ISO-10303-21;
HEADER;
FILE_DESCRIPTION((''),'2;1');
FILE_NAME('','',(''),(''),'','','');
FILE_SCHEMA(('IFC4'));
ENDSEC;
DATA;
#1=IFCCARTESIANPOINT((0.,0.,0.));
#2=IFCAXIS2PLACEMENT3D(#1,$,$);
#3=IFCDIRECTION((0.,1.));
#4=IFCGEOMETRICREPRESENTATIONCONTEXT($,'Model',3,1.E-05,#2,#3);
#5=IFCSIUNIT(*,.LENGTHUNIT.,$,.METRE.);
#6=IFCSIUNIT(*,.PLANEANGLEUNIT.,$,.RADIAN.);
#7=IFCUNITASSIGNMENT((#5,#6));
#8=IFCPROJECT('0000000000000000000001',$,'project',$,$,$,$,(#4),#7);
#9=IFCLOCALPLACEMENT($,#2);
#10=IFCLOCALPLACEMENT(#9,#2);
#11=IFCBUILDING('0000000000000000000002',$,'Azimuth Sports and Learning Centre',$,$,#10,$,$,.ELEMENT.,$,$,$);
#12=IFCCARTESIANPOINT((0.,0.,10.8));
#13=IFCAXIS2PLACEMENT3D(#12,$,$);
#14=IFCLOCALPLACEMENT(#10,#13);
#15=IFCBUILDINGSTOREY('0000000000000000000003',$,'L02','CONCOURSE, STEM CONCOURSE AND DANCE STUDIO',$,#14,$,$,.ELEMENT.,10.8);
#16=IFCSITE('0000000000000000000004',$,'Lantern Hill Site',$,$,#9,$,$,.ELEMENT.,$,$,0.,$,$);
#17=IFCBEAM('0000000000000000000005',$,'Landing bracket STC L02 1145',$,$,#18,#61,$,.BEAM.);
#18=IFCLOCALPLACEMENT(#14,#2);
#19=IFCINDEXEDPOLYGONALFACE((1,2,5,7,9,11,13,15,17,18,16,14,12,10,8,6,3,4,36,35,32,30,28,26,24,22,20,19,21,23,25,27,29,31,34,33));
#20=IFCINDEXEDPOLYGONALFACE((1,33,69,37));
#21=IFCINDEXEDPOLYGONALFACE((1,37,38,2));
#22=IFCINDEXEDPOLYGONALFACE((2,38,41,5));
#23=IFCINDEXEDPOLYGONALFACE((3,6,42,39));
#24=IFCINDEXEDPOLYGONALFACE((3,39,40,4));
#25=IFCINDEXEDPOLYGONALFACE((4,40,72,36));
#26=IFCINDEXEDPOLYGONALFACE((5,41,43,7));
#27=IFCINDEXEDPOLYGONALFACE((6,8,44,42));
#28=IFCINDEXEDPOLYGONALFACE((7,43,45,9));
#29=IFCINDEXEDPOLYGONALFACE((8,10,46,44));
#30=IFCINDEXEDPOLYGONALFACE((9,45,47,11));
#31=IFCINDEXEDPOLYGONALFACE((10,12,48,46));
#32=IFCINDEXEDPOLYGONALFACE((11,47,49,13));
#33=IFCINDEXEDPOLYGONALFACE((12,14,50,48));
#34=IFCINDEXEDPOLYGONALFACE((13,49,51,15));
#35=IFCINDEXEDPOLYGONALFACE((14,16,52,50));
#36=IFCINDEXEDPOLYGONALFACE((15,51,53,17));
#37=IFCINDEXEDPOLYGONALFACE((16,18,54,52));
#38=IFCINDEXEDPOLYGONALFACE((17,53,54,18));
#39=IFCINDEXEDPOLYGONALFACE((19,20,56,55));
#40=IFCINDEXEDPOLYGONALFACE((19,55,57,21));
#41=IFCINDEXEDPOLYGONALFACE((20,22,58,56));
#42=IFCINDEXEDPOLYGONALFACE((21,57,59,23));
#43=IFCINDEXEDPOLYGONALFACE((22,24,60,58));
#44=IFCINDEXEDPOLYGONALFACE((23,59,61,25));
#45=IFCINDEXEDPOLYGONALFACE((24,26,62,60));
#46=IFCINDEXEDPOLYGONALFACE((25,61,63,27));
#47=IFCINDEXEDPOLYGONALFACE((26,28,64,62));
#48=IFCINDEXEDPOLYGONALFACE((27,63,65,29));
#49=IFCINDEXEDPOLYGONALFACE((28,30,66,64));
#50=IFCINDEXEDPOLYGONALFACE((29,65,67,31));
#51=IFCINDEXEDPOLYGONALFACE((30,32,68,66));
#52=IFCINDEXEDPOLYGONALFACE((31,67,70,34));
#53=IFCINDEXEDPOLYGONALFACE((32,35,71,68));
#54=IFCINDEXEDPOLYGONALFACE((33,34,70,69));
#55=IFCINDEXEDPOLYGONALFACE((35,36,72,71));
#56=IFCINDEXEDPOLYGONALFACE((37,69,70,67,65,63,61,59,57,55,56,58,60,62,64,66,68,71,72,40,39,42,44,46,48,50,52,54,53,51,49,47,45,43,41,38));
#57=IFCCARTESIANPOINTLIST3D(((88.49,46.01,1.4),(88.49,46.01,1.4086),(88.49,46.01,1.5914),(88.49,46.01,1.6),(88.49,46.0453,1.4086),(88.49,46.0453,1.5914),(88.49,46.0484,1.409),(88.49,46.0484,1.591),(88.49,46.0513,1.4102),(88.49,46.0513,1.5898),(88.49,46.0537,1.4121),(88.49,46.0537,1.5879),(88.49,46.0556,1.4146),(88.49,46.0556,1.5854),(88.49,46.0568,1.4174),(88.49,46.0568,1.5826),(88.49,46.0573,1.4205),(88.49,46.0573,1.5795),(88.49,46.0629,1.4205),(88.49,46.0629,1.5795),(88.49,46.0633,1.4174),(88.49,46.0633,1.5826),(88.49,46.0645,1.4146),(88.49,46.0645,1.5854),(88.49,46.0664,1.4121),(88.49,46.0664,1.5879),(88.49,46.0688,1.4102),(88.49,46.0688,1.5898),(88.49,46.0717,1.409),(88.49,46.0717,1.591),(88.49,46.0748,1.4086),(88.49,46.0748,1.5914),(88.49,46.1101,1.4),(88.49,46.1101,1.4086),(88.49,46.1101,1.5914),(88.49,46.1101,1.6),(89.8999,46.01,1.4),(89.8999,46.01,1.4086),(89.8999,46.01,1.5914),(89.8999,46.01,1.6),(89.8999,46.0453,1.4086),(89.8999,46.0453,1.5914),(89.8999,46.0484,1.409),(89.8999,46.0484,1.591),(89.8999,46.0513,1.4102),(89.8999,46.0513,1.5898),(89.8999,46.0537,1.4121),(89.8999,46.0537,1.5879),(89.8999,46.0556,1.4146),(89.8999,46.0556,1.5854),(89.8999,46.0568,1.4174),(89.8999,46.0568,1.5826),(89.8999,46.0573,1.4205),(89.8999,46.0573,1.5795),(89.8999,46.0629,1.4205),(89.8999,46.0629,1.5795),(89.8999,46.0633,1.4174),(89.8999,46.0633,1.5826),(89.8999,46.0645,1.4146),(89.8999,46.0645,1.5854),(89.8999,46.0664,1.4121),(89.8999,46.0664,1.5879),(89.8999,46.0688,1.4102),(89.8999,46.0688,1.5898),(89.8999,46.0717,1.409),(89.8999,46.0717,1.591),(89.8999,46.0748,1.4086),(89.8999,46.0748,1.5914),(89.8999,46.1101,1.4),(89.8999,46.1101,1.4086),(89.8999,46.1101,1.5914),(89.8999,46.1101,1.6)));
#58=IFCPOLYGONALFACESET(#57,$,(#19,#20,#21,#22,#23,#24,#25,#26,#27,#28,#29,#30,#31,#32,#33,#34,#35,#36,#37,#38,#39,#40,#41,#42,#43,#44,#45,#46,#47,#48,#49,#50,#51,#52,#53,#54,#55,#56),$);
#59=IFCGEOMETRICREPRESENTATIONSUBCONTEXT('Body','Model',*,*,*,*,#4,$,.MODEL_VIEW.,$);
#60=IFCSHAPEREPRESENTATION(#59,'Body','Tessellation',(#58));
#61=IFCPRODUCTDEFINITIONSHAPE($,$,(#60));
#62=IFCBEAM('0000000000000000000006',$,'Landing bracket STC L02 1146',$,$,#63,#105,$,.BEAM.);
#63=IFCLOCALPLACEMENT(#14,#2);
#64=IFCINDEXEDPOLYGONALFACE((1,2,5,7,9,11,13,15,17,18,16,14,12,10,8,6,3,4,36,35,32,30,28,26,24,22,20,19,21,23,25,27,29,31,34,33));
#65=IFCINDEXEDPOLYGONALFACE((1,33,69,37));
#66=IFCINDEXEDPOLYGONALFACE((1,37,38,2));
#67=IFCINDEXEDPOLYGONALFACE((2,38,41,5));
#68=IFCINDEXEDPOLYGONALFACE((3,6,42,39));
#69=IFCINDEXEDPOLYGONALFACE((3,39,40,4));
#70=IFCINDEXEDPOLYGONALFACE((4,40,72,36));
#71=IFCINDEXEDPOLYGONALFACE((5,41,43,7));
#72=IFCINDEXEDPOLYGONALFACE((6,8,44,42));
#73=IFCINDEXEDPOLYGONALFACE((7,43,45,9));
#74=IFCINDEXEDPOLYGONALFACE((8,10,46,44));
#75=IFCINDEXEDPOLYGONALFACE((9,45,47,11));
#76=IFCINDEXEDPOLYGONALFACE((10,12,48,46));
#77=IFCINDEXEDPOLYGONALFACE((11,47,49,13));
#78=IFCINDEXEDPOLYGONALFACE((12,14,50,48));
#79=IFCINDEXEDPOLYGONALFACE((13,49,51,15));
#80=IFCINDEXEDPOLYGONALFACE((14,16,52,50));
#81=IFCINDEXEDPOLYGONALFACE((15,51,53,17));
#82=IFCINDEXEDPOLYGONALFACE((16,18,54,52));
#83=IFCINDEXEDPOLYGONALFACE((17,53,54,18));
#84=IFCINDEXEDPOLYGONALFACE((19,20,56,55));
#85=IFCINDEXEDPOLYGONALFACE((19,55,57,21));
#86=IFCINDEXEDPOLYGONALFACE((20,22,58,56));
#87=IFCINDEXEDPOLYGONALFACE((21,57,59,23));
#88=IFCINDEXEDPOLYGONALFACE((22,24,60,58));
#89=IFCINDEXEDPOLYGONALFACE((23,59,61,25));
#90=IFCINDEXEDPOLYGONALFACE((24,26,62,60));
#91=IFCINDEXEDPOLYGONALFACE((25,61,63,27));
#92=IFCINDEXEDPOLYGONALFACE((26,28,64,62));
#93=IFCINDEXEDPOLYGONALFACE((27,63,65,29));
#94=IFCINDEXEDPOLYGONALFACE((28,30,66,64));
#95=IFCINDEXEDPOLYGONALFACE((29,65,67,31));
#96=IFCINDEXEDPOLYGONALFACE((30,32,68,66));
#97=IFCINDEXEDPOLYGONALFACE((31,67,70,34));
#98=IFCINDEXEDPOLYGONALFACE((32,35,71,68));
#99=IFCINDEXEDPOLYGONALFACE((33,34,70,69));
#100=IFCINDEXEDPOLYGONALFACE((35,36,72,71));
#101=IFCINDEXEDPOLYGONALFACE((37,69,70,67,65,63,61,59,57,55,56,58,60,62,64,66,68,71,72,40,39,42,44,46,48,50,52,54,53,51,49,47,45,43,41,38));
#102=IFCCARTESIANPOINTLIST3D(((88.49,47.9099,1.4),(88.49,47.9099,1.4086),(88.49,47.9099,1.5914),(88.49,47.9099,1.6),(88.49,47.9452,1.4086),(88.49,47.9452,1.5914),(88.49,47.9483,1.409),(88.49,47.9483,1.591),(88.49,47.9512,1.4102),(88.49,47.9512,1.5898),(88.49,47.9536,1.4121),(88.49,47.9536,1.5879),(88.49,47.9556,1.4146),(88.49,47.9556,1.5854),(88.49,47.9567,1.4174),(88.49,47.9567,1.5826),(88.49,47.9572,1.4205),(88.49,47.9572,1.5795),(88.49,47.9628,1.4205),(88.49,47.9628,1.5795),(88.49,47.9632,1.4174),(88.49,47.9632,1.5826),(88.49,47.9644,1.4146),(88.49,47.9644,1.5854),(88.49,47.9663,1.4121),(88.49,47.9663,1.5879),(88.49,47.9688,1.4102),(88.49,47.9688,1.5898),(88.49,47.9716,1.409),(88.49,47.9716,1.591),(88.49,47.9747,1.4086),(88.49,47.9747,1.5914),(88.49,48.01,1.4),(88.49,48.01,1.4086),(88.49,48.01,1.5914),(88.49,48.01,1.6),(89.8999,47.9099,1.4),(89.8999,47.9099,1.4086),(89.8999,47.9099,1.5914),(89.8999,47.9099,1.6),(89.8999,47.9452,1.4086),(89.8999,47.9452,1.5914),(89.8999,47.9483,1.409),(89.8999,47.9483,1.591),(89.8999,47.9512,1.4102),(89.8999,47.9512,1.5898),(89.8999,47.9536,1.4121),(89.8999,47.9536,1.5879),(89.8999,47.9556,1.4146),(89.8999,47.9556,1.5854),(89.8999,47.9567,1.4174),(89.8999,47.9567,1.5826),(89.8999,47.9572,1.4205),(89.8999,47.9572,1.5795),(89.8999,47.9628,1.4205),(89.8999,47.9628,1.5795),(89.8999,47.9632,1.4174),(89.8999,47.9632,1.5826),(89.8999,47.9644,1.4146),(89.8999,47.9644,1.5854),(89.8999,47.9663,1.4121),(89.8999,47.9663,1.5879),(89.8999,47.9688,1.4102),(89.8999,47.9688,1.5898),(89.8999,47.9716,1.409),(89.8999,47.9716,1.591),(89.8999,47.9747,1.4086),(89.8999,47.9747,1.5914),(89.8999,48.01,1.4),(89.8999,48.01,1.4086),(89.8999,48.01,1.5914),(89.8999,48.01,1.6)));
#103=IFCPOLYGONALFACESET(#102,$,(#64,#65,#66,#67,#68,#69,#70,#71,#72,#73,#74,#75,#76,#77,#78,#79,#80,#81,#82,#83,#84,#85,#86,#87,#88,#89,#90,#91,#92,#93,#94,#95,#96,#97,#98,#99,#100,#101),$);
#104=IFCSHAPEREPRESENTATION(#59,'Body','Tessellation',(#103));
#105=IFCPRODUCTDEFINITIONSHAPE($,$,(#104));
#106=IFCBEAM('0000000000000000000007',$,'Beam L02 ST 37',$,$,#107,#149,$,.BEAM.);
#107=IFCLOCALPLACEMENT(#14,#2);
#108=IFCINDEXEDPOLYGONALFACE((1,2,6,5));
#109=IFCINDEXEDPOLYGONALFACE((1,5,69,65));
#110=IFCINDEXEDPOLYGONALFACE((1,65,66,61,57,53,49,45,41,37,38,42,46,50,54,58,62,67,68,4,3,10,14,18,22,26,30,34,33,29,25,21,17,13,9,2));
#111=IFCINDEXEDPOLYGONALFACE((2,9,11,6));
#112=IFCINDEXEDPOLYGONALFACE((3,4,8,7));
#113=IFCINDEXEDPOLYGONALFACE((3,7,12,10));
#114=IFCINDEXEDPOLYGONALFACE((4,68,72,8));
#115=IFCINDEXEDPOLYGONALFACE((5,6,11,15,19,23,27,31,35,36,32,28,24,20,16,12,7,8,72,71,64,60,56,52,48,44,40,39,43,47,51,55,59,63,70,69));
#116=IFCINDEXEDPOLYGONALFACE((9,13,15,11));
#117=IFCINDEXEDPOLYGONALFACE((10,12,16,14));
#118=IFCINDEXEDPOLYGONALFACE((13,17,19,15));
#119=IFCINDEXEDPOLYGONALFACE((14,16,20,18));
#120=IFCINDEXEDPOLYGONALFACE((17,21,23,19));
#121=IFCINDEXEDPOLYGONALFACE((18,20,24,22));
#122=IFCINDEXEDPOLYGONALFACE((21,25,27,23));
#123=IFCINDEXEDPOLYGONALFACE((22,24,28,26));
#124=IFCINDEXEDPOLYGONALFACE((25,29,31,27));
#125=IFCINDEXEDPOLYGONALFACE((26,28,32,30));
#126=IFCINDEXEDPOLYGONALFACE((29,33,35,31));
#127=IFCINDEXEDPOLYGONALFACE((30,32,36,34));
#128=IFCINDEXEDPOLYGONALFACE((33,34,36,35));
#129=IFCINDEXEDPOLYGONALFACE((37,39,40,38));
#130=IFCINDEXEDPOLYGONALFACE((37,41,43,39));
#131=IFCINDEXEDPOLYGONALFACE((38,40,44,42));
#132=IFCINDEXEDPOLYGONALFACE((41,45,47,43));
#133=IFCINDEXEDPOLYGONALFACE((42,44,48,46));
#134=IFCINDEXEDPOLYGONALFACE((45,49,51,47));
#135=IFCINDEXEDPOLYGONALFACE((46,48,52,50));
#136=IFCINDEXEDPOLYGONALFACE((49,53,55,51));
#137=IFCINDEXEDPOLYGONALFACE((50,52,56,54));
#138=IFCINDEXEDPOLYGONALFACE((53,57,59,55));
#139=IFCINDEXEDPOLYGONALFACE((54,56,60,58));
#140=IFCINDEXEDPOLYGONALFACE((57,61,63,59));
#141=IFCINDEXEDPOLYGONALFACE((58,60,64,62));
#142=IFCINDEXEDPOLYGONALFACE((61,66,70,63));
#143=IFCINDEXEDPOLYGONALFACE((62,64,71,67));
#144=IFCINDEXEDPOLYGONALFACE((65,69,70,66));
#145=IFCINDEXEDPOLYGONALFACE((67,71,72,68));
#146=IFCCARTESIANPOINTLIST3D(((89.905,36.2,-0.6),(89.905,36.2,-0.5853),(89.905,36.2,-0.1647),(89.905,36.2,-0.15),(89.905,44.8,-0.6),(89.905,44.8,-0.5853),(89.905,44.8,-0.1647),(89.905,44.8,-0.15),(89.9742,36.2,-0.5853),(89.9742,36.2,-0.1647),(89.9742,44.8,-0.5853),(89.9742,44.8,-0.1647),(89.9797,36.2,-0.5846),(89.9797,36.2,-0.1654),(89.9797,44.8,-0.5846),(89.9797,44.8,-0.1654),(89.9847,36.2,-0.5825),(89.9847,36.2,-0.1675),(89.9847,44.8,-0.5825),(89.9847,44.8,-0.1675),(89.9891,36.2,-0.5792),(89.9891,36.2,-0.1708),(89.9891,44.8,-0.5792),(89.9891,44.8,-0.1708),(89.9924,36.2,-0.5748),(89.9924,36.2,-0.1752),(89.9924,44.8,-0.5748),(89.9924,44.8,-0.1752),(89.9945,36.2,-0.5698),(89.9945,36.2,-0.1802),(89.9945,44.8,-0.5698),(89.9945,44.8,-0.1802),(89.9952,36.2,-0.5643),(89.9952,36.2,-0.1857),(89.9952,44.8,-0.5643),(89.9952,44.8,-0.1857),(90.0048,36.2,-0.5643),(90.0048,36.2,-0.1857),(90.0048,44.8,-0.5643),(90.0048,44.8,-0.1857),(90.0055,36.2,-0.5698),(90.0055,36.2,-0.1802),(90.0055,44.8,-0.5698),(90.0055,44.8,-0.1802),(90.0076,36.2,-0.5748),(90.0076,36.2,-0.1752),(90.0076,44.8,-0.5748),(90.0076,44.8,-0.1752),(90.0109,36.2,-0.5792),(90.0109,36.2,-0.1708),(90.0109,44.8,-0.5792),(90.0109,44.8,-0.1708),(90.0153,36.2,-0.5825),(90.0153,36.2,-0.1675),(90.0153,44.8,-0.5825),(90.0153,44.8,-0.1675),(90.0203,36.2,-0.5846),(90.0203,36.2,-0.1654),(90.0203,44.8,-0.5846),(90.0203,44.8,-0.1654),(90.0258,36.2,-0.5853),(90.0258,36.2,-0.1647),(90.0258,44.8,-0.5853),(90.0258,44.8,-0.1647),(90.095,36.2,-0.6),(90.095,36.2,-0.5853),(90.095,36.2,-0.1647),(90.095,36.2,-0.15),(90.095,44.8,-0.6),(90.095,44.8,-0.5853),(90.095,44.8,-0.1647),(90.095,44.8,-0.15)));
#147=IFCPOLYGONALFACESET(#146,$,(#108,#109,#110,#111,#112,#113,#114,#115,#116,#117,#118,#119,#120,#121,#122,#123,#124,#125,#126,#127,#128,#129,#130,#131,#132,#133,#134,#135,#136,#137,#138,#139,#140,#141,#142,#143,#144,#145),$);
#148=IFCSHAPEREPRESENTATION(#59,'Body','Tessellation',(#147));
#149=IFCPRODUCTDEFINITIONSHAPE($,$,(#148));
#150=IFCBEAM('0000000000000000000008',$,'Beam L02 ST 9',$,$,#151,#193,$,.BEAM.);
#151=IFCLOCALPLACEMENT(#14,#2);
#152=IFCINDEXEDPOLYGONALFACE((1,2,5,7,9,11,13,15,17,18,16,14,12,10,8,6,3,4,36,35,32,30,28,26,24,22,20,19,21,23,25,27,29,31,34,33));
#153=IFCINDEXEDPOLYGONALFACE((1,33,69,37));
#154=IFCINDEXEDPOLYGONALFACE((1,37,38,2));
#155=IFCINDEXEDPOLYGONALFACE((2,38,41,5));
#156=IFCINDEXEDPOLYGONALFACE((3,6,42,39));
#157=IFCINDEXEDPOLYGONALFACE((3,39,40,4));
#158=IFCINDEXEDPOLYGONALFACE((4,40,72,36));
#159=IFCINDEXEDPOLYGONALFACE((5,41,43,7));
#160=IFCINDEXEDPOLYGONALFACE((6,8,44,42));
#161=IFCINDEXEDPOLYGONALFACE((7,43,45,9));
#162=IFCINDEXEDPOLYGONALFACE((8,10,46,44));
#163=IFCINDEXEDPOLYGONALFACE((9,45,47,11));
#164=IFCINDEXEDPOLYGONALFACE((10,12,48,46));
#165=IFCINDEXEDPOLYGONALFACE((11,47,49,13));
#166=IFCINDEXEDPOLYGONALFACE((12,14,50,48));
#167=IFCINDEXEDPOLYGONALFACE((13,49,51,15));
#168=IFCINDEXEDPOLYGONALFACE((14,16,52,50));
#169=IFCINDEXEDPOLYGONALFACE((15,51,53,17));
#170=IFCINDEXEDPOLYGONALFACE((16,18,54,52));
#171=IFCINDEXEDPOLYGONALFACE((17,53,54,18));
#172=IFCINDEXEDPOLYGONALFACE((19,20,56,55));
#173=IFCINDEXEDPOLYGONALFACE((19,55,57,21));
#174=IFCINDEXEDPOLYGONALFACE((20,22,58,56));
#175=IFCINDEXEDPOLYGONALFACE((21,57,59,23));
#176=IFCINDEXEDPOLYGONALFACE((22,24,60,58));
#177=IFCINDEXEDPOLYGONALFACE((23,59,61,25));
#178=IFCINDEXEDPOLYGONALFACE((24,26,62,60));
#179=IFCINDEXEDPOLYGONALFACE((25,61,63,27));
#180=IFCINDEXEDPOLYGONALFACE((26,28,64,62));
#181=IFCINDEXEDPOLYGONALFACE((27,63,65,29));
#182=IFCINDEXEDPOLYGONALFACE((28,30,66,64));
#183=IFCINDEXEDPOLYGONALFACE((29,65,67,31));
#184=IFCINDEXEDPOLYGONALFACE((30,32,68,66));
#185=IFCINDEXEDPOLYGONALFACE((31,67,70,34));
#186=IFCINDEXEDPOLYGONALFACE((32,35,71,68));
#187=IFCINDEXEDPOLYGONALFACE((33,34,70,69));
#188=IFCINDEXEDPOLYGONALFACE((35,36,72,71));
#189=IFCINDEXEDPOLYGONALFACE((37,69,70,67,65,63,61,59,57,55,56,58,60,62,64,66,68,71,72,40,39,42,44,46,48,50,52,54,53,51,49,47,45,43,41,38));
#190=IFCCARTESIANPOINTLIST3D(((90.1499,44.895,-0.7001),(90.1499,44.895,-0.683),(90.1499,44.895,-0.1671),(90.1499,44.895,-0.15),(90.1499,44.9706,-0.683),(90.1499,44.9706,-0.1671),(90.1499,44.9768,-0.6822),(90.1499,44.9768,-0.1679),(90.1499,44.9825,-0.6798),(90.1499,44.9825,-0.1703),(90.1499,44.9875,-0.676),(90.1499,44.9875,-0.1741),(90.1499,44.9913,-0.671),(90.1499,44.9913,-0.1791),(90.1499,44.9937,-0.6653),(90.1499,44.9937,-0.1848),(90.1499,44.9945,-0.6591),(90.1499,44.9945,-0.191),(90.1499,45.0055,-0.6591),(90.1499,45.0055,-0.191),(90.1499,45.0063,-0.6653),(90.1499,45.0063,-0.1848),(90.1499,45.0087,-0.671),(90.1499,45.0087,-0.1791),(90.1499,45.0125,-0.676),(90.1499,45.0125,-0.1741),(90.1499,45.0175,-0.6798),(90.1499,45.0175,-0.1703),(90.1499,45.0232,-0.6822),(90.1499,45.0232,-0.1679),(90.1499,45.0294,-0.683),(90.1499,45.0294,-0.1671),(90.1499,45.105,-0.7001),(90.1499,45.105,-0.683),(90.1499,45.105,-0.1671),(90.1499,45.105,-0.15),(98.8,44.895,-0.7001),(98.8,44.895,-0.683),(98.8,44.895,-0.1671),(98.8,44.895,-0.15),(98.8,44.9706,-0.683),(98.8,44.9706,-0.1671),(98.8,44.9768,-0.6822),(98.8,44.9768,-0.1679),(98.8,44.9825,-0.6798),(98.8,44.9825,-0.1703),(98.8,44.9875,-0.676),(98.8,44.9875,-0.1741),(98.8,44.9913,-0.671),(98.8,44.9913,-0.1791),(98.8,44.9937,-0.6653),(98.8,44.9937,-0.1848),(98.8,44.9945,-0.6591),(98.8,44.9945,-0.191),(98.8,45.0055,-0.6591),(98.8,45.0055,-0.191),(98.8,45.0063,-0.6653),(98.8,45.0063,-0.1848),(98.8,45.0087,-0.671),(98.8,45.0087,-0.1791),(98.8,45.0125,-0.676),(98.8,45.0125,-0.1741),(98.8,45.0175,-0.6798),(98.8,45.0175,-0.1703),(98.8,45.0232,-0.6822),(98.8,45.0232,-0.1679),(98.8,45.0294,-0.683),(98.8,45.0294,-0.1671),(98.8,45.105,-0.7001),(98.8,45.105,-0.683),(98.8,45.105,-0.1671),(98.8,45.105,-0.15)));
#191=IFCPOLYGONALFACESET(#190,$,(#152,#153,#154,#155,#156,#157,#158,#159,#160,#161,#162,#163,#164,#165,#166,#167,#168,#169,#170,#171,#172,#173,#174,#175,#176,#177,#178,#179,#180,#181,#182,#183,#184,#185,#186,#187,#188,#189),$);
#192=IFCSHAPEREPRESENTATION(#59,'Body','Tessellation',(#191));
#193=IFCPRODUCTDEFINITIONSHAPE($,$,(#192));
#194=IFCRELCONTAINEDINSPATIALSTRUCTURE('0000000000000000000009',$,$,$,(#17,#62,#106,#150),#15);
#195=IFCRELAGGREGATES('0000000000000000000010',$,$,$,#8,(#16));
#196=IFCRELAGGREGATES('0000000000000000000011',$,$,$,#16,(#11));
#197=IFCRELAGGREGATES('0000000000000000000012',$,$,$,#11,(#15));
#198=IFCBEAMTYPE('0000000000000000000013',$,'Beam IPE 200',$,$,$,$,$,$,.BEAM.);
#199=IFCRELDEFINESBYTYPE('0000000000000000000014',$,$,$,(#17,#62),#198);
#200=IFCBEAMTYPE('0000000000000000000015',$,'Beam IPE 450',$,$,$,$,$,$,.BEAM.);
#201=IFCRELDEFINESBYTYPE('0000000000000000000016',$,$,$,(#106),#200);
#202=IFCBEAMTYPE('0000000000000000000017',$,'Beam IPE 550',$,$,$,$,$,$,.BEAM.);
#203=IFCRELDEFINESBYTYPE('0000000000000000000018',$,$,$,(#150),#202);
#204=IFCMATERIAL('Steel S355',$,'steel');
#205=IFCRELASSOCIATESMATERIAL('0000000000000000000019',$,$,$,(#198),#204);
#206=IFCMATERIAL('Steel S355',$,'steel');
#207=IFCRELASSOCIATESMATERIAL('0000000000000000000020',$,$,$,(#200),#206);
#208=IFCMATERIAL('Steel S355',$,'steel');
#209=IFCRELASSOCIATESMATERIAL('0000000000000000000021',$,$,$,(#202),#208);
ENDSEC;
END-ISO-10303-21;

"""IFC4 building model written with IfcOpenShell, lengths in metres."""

from ifc_helpers import new_model, si_unit, direction, frame, origin, origin_2d, place, context, subcontext, project, spatial, i_section, extrude, material, material_profile, profile_set, type_object, element, save


model = new_model("IFC4")

# Units and contexts
model_context = context("Model", 3, precision=1e-05, world=origin(), true_north=direction((0.0, 1.0)))
body_context = subcontext(model_context, "Body", "Model", "MODEL_VIEW")
ifc_project = project(units=[si_unit("LENGTHUNIT", "METRE"), si_unit("PLANEANGLEUNIT", "RADIAN")], contexts=[model_context])

# Site, building, storey
site_placement = place(None, origin())
site = spatial("IfcSite", under=ifc_project, at=site_placement, Name="Lantern Hill Site", CompositionType="ELEMENT", RefElevation=0.0)
building_placement = place(site_placement, origin())
building = spatial("IfcBuilding", under=site, at=building_placement, Name="Azimuth Sports and Learning Centre", CompositionType="ELEMENT")
storey_placement = place(building_placement, frame((0.0, 0.0, 10.8)))
storey = spatial("IfcBuildingStorey", under=building, at=storey_placement, Name="L02", Description="CONCOURSE, STEM CONCOURSE AND DANCE STUDIO", CompositionType="ELEMENT", Elevation=10.8)

# Beams
ifc_material_1 = material(Name="Steel S355", Category="steel")
ifc_material_profile_1 = material_profile(ifc_material_1, i_section(OverallWidth=0.1001, OverallDepth=0.2, WebThickness=0.0056, FlangeThickness=0.0085, FilletRadius=0.012, at=origin_2d()), Name="IPE 200")
ifc_profile_set_1 = profile_set([ifc_material_profile_1], Name="Steel S355")
beam_type_1 = type_object("IfcBeamType", Name="Beam IPE 200", PredefinedType="BEAM", material=ifc_profile_set_1)
for number, where, z_axis, x_axis, name in (
    (1, (89.8999, 46.0601, 1.5), (-1.0, 0.0, 0.0), (0.0, -1.0, 0.0), "Landing bracket STC L02 1145"),
    (2, (89.8999, 47.96, 1.5), (-1.0, 0.0, 0.0), (0.0, -1.0, 0.0), "Landing bracket STC L02 1146"),
):
    element("IfcBeam", number, at=place(storey_placement, frame(where, z_axis=z_axis, x_axis=x_axis)), inside=storey, type_object=beam_type_1, Name=name, PredefinedType="BEAM", context=body_context, shape_type="SweptSolid", body=[
        extrude(i_section(OverallWidth=0.1001, OverallDepth=0.2, WebThickness=0.0056, FlangeThickness=0.0085, FilletRadius=0.012, at=origin_2d()), origin(), (0.0, 0.0, 1.0), 1.4099),
    ])
ifc_material_2 = material(Name="Steel S355", Category="steel")
ifc_material_profile_2 = material_profile(ifc_material_2, i_section(OverallWidth=0.1899, OverallDepth=0.45, WebThickness=0.0095, FlangeThickness=0.0146, FilletRadius=0.021, at=origin_2d()), Name="IPE 450")
ifc_profile_set_2 = profile_set([ifc_material_profile_2], Name="Steel S355")
beam_type_2 = type_object("IfcBeamType", Name="Beam IPE 450", PredefinedType="BEAM", material=ifc_profile_set_2)
beam_1_placement = place(storey_placement, frame((90.0, 36.2, -0.375), z_axis=(0.0, 1.0, 0.0), x_axis=(-1.0, 0.0, 0.0)))
element("IfcBeam", 3, at=beam_1_placement, inside=storey, type_object=beam_type_2, Name="Beam L02 ST 37", PredefinedType="BEAM", context=body_context, shape_type="SweptSolid", body=[
    extrude(i_section(OverallWidth=0.1899, OverallDepth=0.45, WebThickness=0.0095, FlangeThickness=0.0146, FilletRadius=0.021, at=origin_2d()), origin(), (0.0, 0.0, 1.0), 8.6001),
])
ifc_material_3 = material(Name="Steel S355", Category="steel")
ifc_material_profile_3 = material_profile(ifc_material_3, i_section(OverallWidth=0.21, OverallDepth=0.55, WebThickness=0.011, FlangeThickness=0.0171, FilletRadius=0.0239, at=origin_2d()), Name="IPE 550")
ifc_profile_set_3 = profile_set([ifc_material_profile_3], Name="Steel S355")
beam_type_3 = type_object("IfcBeamType", Name="Beam IPE 550", PredefinedType="BEAM", material=ifc_profile_set_3)
beam_2_placement = place(storey_placement, frame((90.1499, 45.0, -0.425), z_axis=(1.0, 0.0, 0.0), x_axis=(0.0, 1.0, 0.0)))
element("IfcBeam", 4, at=beam_2_placement, inside=storey, type_object=beam_type_3, Name="Beam L02 ST 9", PredefinedType="BEAM", context=body_context, shape_type="SweptSolid", body=[
    extrude(i_section(OverallWidth=0.21, OverallDepth=0.55, WebThickness=0.011, FlangeThickness=0.0171, FilletRadius=0.0239, at=origin_2d()), origin(), (0.0, 0.0, 1.0), 8.6501),
])

save(model, "model.ifc")
